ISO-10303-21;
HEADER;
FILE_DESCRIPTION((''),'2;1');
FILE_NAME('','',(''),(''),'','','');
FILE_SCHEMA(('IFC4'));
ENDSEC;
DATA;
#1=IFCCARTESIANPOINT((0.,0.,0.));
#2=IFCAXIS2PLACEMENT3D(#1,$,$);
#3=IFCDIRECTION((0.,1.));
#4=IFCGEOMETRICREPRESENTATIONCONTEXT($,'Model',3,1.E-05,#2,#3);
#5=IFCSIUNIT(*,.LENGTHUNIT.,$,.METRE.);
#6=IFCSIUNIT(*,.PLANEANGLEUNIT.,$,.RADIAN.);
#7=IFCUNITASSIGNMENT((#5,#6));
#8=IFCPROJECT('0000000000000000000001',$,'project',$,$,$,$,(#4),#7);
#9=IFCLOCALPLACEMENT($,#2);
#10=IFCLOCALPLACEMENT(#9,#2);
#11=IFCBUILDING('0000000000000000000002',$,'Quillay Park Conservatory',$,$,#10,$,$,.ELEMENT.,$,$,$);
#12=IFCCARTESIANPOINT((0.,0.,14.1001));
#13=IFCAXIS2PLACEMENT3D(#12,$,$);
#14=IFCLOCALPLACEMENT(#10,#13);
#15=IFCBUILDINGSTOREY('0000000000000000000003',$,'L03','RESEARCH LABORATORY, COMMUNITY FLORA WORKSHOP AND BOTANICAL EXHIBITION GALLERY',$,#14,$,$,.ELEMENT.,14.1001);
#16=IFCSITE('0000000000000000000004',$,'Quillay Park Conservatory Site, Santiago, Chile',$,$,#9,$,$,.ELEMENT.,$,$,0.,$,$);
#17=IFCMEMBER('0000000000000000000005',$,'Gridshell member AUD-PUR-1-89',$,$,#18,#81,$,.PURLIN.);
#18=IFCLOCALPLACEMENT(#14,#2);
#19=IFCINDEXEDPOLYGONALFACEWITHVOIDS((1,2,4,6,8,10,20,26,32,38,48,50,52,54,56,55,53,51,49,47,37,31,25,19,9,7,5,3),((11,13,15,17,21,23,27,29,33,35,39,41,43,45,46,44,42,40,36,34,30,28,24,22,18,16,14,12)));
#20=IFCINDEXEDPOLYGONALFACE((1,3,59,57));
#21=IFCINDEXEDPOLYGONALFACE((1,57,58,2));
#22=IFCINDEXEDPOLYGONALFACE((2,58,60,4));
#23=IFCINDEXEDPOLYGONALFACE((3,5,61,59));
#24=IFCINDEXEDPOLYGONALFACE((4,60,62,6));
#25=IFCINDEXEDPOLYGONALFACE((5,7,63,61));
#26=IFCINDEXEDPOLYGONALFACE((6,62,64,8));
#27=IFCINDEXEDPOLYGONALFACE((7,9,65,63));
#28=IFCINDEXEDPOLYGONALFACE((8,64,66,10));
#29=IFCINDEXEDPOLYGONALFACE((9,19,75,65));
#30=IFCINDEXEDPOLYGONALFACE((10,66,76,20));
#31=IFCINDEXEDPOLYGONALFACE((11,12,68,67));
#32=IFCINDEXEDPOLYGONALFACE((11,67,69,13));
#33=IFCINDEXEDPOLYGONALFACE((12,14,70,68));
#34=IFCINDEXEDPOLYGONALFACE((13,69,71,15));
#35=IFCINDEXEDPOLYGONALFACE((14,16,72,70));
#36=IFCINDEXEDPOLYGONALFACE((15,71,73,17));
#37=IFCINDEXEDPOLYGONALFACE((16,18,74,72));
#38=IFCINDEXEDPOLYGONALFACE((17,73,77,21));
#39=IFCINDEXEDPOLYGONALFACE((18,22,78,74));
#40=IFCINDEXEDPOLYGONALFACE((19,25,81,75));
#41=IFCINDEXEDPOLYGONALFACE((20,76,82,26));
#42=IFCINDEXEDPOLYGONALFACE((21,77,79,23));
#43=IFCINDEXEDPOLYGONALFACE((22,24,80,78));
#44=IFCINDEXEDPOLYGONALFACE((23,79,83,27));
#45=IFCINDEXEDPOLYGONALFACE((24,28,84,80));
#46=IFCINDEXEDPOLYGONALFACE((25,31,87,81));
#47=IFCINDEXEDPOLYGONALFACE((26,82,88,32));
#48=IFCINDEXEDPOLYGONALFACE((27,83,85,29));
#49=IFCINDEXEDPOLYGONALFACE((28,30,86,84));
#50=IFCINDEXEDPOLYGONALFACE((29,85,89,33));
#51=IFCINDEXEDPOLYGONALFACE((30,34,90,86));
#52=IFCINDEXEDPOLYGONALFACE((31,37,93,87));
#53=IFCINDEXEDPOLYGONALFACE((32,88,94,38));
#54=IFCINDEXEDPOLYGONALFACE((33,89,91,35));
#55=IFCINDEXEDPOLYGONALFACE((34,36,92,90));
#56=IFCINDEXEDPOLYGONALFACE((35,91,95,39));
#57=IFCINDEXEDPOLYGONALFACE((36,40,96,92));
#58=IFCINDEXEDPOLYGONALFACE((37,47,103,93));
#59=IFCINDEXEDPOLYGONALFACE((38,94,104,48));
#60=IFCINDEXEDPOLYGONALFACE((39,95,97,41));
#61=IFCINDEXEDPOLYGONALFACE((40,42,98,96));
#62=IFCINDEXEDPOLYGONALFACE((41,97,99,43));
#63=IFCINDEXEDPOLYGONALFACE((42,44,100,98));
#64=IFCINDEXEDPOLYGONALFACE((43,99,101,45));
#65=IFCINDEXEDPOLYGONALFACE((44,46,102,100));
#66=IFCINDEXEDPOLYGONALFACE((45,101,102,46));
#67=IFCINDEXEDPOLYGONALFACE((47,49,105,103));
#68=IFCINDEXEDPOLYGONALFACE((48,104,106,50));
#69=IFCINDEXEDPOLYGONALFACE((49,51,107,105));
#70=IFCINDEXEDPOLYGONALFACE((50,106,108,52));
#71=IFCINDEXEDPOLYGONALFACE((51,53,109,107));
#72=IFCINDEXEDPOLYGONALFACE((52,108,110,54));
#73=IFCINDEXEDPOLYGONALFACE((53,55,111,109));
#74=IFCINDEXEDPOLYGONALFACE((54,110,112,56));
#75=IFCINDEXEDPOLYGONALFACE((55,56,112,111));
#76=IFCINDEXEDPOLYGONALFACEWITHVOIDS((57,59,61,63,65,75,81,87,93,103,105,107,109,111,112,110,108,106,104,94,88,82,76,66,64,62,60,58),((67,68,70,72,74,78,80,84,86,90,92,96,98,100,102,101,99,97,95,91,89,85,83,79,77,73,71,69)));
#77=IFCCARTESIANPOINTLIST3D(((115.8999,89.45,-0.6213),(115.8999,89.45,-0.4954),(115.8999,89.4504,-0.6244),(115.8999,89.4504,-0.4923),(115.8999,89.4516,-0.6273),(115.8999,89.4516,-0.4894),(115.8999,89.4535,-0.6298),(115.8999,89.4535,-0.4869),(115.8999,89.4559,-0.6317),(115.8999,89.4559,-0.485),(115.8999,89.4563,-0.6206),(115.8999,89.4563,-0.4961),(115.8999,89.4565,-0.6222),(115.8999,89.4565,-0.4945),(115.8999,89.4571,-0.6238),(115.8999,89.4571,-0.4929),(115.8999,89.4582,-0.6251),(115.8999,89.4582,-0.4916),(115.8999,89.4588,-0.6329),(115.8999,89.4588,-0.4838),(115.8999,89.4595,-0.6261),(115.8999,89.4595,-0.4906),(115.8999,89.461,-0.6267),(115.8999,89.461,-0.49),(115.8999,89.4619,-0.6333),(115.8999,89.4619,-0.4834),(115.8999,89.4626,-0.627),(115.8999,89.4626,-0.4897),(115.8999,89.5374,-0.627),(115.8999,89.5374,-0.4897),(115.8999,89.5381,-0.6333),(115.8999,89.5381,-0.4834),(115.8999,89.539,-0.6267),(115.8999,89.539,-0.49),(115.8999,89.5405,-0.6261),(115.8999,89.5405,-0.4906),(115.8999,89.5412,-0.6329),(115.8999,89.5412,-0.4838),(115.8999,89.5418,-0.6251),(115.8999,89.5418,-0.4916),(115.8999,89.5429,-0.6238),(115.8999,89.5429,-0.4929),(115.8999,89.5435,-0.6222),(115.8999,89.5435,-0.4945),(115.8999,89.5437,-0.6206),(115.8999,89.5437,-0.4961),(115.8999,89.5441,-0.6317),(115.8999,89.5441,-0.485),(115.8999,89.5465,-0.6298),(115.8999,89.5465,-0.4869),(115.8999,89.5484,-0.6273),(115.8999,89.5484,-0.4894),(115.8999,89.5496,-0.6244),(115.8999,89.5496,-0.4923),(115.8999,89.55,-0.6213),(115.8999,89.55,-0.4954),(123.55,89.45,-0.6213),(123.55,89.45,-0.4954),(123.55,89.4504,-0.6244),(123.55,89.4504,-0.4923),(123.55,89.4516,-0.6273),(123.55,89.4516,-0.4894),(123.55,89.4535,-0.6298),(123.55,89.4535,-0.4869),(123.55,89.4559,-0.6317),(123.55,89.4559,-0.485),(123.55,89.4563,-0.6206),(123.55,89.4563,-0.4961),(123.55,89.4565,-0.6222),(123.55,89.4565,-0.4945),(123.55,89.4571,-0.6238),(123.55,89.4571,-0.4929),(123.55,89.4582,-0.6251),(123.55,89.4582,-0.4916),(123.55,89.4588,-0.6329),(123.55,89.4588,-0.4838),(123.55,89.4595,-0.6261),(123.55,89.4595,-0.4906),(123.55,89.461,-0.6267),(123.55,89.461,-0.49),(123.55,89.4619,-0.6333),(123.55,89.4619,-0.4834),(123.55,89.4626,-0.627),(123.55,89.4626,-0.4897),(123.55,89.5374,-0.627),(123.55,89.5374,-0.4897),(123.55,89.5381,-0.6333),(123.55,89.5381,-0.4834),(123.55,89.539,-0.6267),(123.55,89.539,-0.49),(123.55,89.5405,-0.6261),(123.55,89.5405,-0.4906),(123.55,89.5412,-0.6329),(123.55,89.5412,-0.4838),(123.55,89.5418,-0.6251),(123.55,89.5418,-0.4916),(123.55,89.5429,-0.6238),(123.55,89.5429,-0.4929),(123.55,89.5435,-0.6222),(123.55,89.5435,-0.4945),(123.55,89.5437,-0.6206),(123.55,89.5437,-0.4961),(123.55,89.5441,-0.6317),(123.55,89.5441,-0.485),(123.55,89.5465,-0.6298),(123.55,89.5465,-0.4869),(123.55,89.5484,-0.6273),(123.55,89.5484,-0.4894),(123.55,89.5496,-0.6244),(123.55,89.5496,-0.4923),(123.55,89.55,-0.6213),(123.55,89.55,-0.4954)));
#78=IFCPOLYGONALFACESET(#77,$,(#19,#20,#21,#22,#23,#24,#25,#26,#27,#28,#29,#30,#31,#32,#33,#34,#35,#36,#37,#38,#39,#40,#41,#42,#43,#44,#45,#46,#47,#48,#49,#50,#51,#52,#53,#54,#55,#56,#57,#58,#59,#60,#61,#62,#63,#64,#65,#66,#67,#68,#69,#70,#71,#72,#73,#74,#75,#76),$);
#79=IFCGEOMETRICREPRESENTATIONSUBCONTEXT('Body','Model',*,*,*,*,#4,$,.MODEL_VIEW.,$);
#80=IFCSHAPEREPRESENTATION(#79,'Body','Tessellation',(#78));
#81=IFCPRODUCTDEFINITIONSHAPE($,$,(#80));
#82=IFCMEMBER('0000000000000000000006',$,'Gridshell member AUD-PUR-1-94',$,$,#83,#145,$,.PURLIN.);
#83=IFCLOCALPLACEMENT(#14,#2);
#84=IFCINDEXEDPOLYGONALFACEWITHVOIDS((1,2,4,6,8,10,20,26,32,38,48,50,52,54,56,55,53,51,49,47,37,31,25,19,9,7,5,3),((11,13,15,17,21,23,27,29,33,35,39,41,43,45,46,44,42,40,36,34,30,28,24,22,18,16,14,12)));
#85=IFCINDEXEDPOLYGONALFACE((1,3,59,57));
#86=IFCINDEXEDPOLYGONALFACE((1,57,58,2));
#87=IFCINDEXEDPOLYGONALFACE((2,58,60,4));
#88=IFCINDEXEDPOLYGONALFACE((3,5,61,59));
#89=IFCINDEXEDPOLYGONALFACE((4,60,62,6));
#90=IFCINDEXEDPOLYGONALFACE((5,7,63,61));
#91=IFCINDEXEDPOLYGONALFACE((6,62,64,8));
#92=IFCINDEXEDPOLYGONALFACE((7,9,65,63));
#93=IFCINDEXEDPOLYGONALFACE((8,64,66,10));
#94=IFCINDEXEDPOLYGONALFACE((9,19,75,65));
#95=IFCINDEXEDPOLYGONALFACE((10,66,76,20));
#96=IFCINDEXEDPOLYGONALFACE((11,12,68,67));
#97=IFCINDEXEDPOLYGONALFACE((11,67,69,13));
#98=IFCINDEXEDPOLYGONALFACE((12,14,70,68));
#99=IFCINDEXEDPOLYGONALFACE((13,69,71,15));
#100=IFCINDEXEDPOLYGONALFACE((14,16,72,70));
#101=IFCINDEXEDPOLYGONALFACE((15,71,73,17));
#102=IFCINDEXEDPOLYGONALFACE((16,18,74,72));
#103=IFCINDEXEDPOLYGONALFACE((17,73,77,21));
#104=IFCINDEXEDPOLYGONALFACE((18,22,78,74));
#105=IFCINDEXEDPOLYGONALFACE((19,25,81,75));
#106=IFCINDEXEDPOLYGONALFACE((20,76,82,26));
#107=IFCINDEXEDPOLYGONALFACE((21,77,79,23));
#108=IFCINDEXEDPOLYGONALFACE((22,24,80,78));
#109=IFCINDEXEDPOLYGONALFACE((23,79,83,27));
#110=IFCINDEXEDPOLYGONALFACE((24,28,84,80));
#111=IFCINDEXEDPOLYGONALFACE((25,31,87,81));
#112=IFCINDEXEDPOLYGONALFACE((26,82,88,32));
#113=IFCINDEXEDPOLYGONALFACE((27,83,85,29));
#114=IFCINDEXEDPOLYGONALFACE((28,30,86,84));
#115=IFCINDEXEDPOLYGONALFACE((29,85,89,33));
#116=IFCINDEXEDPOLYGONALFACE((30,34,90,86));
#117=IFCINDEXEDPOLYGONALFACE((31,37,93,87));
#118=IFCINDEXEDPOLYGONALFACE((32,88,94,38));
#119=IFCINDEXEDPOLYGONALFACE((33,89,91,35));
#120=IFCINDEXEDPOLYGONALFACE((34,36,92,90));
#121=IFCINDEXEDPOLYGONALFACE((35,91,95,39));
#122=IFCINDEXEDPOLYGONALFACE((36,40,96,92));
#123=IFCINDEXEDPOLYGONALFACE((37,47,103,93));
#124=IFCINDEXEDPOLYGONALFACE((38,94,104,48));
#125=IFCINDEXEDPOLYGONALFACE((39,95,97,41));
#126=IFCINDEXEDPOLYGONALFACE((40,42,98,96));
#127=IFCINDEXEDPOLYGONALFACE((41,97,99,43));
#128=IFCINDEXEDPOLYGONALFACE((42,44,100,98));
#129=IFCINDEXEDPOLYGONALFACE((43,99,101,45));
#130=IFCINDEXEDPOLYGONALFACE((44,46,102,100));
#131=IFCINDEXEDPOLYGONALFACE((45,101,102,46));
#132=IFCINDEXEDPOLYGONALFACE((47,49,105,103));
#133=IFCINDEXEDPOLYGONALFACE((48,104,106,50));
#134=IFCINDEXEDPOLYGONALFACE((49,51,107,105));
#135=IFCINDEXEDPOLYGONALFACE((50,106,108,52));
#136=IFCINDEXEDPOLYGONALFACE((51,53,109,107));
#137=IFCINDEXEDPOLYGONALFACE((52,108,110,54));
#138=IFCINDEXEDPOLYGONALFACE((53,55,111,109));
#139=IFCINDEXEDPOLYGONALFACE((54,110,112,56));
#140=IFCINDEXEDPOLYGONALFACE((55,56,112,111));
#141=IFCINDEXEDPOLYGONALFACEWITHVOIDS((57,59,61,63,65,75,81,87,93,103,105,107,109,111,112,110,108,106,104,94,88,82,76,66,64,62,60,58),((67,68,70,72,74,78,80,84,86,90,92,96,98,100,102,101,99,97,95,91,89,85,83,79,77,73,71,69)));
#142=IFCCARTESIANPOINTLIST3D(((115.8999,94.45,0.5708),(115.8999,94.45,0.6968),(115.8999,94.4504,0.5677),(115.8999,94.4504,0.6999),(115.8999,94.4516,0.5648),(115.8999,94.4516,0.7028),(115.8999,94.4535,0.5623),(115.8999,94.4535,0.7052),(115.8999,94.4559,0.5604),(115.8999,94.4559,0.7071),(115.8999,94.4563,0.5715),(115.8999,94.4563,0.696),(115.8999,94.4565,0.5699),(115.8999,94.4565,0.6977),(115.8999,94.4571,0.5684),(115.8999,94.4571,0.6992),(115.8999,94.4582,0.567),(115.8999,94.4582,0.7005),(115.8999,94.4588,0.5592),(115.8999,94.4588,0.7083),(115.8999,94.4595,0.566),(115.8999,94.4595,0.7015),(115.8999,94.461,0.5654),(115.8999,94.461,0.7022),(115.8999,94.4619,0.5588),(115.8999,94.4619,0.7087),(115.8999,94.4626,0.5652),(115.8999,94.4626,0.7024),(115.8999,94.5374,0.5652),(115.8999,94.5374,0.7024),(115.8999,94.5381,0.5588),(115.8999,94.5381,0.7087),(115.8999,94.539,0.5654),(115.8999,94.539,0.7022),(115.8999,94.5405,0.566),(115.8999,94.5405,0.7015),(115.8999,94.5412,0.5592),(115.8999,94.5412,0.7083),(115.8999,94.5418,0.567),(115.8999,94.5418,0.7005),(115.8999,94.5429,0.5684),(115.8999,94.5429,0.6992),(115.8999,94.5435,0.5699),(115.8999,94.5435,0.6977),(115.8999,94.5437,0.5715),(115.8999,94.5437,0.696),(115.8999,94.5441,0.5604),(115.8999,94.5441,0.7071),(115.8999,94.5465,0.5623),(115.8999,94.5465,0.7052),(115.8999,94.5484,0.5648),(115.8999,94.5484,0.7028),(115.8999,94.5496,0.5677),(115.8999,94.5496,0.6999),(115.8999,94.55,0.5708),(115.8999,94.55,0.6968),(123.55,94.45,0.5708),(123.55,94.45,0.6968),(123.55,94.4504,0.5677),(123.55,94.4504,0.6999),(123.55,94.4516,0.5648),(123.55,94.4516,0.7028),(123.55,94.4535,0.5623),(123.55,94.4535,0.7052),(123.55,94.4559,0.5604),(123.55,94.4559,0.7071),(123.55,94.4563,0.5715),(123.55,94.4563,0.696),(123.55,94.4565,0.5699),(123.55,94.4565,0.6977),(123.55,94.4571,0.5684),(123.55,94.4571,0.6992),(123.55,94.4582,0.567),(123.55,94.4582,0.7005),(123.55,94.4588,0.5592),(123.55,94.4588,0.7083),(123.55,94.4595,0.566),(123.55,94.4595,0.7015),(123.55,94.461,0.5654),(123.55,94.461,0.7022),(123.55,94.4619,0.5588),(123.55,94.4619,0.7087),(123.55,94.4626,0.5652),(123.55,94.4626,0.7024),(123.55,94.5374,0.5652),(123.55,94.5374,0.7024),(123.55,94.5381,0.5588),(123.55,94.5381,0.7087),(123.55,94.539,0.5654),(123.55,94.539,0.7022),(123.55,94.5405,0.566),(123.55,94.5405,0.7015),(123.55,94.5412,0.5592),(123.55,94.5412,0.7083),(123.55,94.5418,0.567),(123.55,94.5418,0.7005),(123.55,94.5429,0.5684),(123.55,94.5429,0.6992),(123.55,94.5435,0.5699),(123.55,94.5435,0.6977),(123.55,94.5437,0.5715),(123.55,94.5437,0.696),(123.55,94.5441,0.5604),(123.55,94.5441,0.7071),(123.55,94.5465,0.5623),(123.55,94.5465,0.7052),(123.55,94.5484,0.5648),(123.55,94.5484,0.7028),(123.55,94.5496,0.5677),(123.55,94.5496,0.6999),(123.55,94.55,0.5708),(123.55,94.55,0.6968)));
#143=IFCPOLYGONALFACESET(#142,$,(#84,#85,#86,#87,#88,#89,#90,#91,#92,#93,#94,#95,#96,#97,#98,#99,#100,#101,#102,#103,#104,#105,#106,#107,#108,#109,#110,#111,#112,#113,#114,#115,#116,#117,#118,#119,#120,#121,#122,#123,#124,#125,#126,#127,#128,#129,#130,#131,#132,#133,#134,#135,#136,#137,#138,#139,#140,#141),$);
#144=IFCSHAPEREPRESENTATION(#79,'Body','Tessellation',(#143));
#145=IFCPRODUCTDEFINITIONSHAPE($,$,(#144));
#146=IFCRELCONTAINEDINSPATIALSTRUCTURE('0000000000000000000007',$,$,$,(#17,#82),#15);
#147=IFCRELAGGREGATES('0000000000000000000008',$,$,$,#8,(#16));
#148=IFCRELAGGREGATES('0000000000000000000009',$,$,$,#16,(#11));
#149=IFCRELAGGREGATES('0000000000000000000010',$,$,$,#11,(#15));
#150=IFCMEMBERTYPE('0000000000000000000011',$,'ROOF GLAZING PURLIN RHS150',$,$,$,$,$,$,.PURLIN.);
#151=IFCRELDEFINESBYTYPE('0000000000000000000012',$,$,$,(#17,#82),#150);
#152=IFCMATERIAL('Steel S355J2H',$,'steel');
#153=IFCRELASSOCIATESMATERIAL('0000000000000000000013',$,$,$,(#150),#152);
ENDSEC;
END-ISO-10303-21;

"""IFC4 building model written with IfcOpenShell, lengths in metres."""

from ifc_helpers import new_model, si_unit, direction, frame, origin, origin_2d, place, context, subcontext, project, spatial, hollow_rectangle, extrude, material, material_profile, profile_set, type_object, element, save


model = new_model("IFC4")

# Units and contexts
model_context = context("Model", 3, precision=1e-05, world=origin(), true_north=direction((0.0, 1.0)))
body_context = subcontext(model_context, "Body", "Model", "MODEL_VIEW")
ifc_project = project(units=[si_unit("LENGTHUNIT", "METRE"), si_unit("PLANEANGLEUNIT", "RADIAN")], contexts=[model_context])

# Site, building, storey
site_placement = place(None, origin())
site = spatial("IfcSite", under=ifc_project, at=site_placement, Name="Quillay Park Conservatory Site, Santiago, Chile", CompositionType="ELEMENT", RefElevation=0.0)
building_placement = place(site_placement, origin())
building = spatial("IfcBuilding", under=site, at=building_placement, Name="Quillay Park Conservatory", CompositionType="ELEMENT")
storey_placement = place(building_placement, frame((0.0, 0.0, 14.1001)))
storey = spatial("IfcBuildingStorey", under=building, at=storey_placement, Name="L03", Description="RESEARCH LABORATORY, COMMUNITY FLORA WORKSHOP AND BOTANICAL EXHIBITION GALLERY", CompositionType="ELEMENT", Elevation=14.1001)

# Members
ifc_material_1 = material(Name="Steel S355J2H", Category="steel")
ifc_material_profile_1 = material_profile(ifc_material_1, hollow_rectangle(XDim=0.1001, YDim=0.1499, WallThickness=0.0063, InnerFilletRadius=0.0063, OuterFilletRadius=0.012, at=origin_2d()), Name="RHS150x100x6.3")
ifc_profile_set_1 = profile_set([ifc_material_profile_1], Name="Steel S355J2H")
member_type_1 = type_object("IfcMemberType", Name="ROOF GLAZING PURLIN RHS150", PredefinedType="PURLIN", material=ifc_profile_set_1)
for number, where, z_axis, x_axis, name in (
    (1, (115.8999, 89.5, -0.5583), (1.0, 0.0, 0.0), (0.0, 1.0, 0.0), "Gridshell member AUD-PUR-1-89"),
    (2, (115.8999, 94.5, 0.6338), (1.0, 0.0, 0.0), (0.0, 1.0, 0.0), "Gridshell member AUD-PUR-1-94"),
):
    element("IfcMember", number, at=place(storey_placement, frame(where, z_axis=z_axis, x_axis=x_axis)), inside=storey, type_object=member_type_1, Name=name, PredefinedType="PURLIN", context=body_context, shape_type="SweptSolid", body=[
        extrude(hollow_rectangle(XDim=0.1001, YDim=0.1499, WallThickness=0.0063, InnerFilletRadius=0.0063, OuterFilletRadius=0.012, at=origin_2d()), origin(), (0.0, 0.0, 1.0), 7.6501),
    ])

save(model, "model.ifc")
